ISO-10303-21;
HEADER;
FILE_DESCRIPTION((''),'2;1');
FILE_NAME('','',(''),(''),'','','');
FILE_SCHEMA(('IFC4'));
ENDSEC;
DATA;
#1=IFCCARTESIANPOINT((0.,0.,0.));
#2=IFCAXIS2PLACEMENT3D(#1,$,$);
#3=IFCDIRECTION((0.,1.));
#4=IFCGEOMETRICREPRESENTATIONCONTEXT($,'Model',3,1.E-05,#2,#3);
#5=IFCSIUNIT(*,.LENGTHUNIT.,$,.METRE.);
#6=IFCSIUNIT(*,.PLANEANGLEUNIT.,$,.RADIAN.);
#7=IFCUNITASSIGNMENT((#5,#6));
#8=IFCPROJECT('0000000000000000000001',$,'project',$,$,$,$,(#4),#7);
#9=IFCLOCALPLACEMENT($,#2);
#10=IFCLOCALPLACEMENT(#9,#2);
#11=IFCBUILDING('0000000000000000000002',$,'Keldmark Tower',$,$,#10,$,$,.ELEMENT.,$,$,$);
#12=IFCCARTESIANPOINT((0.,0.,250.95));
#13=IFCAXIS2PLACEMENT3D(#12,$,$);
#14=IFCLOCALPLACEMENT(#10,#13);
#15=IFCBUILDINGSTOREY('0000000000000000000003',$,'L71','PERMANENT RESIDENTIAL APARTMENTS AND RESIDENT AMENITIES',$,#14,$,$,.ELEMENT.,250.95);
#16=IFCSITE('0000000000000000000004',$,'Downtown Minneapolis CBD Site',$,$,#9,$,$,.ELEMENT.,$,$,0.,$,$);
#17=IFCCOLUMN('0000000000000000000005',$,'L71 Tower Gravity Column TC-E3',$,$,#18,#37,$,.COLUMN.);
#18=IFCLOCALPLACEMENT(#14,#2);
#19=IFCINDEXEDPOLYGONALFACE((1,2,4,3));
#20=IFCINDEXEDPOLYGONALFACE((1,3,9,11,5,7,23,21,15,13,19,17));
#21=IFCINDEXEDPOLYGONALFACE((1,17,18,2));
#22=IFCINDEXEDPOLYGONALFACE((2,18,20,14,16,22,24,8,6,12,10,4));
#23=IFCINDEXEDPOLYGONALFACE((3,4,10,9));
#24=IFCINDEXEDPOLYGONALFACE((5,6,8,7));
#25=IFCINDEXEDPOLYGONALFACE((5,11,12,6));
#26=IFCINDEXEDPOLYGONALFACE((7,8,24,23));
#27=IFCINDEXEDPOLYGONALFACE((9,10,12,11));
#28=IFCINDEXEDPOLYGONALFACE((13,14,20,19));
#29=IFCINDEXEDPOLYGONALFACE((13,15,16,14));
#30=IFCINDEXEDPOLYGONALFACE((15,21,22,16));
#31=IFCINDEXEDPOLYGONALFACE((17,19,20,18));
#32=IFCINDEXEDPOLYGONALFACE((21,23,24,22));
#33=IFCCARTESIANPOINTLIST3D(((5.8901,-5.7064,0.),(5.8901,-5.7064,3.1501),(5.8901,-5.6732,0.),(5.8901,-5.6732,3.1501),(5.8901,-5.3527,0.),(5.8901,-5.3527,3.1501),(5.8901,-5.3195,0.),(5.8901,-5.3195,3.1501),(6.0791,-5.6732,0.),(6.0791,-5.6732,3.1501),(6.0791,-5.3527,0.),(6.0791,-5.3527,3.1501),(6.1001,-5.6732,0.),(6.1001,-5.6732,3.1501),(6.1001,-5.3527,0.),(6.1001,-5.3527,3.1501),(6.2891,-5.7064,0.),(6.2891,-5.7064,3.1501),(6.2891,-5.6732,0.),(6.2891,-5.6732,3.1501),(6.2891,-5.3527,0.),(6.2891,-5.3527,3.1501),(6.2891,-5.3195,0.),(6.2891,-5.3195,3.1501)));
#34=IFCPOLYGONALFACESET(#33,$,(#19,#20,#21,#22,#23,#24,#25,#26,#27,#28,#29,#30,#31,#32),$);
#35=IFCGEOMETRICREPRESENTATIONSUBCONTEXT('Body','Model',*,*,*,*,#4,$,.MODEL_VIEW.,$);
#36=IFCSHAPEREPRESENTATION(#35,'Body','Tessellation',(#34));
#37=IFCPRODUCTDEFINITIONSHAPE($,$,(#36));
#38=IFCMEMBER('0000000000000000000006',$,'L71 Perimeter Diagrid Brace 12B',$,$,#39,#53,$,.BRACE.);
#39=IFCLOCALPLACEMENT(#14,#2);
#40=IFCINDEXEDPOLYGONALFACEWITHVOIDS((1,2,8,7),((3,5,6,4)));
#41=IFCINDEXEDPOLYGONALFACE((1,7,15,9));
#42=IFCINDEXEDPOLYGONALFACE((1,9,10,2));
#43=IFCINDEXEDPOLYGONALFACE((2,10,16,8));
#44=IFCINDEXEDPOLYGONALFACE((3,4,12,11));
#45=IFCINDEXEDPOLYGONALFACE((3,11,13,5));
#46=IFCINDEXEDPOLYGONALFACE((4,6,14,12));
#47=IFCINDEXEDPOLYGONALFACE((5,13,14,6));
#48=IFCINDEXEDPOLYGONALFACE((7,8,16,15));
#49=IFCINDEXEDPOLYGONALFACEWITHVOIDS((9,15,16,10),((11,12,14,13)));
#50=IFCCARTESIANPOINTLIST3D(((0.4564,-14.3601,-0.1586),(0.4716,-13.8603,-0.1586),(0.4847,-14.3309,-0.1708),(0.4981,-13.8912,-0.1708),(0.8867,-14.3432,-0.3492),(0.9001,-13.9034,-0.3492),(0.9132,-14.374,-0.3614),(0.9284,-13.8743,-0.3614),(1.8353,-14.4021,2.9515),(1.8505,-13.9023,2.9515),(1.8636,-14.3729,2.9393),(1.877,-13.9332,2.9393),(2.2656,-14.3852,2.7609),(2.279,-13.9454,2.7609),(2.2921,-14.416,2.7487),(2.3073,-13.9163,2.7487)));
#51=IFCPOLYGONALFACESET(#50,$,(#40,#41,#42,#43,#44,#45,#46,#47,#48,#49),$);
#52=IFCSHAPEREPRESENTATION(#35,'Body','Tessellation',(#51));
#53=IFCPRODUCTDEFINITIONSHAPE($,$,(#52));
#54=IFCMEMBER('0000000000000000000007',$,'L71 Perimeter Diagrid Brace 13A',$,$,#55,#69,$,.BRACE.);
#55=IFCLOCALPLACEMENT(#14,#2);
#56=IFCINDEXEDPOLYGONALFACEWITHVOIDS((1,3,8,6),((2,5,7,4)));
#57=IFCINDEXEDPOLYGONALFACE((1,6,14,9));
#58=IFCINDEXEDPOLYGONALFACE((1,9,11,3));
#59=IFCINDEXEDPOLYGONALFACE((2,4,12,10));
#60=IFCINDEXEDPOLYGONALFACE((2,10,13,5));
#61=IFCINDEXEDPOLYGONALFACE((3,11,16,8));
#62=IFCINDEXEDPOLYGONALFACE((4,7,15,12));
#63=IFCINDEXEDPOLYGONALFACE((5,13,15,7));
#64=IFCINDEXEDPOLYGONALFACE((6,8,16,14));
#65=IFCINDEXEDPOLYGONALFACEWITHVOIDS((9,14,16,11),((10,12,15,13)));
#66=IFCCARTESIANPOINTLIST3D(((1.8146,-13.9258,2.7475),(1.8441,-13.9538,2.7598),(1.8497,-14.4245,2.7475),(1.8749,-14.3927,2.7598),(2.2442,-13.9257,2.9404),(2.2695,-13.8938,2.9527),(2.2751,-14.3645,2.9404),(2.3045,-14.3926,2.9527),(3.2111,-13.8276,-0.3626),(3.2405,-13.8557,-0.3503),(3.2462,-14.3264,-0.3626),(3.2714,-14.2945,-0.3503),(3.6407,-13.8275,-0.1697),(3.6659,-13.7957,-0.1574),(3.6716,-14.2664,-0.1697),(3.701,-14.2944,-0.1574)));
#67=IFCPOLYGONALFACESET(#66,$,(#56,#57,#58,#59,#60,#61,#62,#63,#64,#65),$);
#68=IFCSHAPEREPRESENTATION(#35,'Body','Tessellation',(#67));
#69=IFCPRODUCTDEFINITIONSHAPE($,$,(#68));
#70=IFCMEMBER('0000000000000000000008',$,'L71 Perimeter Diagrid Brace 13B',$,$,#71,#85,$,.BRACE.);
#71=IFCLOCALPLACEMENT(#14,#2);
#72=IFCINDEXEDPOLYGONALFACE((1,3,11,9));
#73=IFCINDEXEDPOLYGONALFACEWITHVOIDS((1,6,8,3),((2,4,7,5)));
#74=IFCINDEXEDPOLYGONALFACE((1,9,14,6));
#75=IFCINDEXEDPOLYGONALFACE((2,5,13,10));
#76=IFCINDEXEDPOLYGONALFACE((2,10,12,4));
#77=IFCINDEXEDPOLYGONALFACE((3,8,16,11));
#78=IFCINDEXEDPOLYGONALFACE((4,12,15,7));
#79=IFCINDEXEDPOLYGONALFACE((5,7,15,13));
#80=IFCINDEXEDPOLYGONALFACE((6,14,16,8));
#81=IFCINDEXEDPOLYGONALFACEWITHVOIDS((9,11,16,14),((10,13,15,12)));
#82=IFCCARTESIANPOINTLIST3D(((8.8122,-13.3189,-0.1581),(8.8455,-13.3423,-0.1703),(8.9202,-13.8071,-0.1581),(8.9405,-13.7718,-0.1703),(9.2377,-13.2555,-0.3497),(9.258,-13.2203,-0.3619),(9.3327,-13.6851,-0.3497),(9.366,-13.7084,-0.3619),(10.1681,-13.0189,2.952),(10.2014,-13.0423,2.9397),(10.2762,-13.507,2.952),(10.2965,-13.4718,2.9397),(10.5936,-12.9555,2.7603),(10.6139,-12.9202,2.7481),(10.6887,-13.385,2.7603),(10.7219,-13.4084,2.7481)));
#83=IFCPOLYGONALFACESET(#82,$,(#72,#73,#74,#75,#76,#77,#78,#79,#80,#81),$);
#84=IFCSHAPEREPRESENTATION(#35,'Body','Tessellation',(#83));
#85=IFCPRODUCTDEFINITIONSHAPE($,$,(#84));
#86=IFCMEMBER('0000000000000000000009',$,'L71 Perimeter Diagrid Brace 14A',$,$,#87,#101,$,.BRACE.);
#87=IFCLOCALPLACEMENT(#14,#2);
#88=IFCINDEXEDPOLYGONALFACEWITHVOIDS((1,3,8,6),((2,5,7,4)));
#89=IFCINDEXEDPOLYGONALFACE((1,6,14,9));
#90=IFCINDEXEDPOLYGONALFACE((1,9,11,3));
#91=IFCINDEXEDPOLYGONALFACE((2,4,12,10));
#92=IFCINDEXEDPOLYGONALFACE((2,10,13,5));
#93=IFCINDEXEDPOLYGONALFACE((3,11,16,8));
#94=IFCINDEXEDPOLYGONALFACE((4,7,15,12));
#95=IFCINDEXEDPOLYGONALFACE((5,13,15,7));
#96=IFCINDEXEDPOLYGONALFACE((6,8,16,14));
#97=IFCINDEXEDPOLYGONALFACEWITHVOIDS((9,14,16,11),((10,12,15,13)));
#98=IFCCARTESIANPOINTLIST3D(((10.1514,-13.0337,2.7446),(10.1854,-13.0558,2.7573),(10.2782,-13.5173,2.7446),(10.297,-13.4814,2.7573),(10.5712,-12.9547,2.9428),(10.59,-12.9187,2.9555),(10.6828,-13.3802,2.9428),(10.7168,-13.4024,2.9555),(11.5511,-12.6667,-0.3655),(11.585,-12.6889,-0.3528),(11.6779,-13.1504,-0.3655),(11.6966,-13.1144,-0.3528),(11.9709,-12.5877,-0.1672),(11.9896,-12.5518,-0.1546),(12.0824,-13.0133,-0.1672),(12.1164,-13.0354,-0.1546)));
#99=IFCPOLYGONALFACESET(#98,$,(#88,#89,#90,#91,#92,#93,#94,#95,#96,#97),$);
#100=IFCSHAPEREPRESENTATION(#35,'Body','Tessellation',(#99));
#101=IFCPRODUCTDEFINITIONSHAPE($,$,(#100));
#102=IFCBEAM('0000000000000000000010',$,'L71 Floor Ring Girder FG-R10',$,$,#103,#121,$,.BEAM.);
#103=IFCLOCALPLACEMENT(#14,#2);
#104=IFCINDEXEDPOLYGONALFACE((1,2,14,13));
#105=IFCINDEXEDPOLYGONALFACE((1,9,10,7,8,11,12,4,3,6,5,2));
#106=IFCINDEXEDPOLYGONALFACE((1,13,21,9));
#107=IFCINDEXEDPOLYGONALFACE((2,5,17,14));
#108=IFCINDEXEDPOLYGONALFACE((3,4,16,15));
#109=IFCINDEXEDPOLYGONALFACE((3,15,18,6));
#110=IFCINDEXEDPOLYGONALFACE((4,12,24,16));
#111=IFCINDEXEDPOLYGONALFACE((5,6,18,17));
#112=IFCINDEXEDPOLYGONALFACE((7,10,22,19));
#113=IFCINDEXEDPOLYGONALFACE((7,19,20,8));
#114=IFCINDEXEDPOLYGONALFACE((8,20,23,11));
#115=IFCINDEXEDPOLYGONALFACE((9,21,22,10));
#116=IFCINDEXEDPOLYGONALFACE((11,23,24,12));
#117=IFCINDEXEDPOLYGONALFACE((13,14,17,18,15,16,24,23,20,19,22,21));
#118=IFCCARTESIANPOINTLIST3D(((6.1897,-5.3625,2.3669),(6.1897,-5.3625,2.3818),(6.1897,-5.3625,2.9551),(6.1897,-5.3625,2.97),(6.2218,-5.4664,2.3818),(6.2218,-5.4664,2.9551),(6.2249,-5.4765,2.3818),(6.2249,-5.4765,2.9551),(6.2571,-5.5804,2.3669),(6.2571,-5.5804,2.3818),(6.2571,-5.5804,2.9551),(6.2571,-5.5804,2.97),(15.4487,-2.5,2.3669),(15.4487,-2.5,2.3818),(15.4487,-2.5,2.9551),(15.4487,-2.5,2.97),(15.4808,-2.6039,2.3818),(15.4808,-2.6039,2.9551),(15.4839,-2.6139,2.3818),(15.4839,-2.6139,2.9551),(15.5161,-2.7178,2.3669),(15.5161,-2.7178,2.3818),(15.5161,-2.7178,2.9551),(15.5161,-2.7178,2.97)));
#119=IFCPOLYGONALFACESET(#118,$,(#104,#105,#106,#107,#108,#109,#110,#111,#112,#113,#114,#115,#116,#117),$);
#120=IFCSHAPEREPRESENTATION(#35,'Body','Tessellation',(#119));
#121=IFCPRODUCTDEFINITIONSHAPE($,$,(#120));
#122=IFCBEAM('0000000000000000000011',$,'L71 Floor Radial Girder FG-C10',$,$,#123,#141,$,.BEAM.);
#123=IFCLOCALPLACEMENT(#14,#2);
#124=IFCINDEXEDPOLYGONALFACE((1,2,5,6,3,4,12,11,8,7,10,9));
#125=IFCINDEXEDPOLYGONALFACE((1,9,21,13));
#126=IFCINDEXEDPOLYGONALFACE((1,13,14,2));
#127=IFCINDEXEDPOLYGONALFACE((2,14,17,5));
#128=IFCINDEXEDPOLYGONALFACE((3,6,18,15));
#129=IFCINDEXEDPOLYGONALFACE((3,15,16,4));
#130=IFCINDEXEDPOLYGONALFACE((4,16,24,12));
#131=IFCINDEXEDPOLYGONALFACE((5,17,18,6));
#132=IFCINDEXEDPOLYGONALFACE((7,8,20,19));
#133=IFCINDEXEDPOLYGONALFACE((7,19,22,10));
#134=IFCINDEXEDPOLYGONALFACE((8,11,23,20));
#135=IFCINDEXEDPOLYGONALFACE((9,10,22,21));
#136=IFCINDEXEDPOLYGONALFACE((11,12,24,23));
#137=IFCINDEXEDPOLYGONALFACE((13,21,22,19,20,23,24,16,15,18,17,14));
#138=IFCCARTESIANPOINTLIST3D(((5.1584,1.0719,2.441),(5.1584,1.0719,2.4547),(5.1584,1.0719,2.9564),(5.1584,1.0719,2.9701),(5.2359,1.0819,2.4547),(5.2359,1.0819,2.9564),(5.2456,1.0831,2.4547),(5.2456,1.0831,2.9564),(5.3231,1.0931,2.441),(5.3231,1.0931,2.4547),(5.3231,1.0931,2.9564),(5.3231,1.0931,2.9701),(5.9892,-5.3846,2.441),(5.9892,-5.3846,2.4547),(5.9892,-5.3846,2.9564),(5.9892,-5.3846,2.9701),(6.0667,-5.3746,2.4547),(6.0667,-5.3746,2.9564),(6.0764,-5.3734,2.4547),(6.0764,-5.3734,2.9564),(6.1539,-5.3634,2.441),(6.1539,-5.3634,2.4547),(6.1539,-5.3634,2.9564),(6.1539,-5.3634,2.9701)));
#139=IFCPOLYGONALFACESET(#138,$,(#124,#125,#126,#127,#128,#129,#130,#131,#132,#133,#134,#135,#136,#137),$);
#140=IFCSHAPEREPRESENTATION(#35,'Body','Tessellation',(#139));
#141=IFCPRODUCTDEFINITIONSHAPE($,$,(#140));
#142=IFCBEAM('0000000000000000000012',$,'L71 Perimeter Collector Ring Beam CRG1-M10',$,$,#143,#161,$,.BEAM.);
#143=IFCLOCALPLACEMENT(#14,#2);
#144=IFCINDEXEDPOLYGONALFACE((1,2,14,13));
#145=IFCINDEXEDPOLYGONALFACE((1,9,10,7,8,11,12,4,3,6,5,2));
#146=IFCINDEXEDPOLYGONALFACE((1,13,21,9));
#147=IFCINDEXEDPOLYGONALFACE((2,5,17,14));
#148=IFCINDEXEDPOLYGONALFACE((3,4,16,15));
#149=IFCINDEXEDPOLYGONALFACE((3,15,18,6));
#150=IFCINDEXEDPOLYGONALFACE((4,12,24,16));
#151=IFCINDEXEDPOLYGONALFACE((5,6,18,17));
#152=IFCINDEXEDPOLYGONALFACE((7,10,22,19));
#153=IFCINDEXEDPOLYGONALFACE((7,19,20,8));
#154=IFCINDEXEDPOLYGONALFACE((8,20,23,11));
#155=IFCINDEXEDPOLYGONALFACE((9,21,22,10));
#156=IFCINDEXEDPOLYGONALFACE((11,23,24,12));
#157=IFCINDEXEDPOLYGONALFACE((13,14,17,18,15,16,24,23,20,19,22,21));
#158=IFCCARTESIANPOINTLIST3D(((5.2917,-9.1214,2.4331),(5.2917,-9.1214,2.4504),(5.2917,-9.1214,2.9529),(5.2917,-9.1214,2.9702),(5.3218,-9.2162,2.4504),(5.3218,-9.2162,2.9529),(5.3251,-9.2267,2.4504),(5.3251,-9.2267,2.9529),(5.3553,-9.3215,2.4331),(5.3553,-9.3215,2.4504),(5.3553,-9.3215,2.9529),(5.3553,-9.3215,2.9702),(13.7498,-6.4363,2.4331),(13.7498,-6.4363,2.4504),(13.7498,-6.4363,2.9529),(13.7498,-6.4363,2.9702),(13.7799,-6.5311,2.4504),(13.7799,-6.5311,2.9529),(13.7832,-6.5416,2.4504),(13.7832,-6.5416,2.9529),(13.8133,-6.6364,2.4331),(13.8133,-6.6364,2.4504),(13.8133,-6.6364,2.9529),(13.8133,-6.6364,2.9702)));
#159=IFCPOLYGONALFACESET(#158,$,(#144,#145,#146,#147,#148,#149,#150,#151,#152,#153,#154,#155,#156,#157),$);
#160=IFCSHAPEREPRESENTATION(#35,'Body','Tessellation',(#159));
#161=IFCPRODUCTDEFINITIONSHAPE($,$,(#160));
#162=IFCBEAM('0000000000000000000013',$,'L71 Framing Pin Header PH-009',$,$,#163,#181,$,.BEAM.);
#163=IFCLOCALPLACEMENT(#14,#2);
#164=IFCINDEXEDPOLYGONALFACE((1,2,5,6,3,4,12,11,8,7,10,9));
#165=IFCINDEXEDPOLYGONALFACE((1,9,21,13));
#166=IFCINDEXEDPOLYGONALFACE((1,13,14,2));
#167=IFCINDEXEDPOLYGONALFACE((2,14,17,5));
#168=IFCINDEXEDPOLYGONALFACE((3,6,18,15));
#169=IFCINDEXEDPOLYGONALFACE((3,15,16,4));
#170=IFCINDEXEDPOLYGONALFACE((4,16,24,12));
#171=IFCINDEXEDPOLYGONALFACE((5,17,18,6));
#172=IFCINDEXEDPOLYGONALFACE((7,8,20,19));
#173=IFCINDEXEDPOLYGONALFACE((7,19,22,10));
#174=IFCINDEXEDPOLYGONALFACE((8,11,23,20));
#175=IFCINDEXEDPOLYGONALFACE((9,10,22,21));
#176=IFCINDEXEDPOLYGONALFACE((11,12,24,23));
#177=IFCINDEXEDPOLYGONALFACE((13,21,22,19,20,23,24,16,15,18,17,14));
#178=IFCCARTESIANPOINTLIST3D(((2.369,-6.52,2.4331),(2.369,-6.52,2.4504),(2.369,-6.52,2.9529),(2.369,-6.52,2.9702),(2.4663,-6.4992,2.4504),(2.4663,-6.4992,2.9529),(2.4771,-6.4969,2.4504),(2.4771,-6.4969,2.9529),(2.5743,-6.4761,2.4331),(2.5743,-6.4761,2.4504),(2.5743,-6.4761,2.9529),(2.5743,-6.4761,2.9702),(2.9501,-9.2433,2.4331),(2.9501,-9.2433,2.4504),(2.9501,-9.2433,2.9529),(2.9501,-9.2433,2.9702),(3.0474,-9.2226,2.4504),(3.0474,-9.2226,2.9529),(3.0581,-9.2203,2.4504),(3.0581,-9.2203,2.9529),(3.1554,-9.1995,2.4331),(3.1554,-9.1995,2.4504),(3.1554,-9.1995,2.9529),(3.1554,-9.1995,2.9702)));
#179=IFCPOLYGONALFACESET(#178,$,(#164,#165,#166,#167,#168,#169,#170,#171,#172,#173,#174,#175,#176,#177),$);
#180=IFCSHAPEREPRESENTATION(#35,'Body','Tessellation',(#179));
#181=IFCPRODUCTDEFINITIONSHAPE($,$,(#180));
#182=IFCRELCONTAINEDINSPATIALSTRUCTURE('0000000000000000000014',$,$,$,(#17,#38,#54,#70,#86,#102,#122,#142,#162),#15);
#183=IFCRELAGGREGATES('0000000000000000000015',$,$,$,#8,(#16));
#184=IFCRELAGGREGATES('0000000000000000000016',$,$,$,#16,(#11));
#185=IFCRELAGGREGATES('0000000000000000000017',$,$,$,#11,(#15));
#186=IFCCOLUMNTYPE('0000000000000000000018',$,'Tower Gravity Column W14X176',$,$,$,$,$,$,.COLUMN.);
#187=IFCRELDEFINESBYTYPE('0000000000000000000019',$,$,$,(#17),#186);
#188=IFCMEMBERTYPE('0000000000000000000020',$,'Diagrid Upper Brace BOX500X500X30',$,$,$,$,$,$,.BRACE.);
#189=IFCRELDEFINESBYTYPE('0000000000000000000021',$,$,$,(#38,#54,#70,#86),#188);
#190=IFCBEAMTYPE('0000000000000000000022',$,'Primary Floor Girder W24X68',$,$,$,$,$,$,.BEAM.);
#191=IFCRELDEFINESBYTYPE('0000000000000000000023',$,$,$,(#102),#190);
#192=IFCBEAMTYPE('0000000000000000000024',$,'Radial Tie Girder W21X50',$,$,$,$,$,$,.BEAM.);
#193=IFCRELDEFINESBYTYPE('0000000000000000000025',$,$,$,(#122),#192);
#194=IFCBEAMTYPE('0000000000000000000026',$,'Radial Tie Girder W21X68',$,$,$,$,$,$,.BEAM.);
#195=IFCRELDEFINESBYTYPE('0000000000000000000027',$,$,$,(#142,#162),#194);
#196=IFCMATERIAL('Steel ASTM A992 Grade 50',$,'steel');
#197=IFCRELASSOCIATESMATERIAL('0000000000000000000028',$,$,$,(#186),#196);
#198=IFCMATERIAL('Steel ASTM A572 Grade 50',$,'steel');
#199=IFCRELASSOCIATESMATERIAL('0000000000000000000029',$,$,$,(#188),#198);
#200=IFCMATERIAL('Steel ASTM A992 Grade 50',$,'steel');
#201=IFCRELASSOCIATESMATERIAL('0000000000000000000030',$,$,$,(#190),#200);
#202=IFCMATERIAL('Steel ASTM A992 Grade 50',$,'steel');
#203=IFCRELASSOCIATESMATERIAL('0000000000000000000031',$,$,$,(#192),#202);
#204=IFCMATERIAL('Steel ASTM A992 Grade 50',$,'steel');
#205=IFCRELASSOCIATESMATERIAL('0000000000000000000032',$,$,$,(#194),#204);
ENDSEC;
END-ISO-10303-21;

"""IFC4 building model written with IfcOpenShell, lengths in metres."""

from ifc_helpers import new_model, si_unit, direction, frame, origin, origin_2d, place, context, subcontext, project, spatial, hollow_rectangle, i_section, extrude, material, material_profile, profile_set, type_object, element, save


model = new_model("IFC4")

# Units and contexts
model_context = context("Model", 3, precision=1e-05, world=origin(), true_north=direction((0.0, 1.0)))
body_context = subcontext(model_context, "Body", "Model", "MODEL_VIEW")
ifc_project = project(units=[si_unit("LENGTHUNIT", "METRE"), si_unit("PLANEANGLEUNIT", "RADIAN")], contexts=[model_context])

# Site, building, storey
site_placement = place(None, origin())
site = spatial("IfcSite", under=ifc_project, at=site_placement, Name="Downtown Minneapolis CBD Site", CompositionType="ELEMENT", RefElevation=0.0)
building_placement = place(site_placement, origin())
building = spatial("IfcBuilding", under=site, at=building_placement, Name="Keldmark Tower", CompositionType="ELEMENT")
storey_placement = place(building_placement, frame((0.0, 0.0, 250.95)))
storey = spatial("IfcBuildingStorey", under=building, at=storey_placement, Name="L71", Description="PERMANENT RESIDENTIAL APARTMENTS AND RESIDENT AMENITIES", CompositionType="ELEMENT", Elevation=250.95)

# Column
ifc_material_1 = material(Name="Steel ASTM A992 Grade 50", Category="steel")
ifc_material_profile_1 = material_profile(ifc_material_1, i_section(OverallWidth=0.3989, OverallDepth=0.387, WebThickness=0.021, FlangeThickness=0.0332, at=origin_2d()), Name="W14X176")
ifc_profile_set_1 = profile_set([ifc_material_profile_1], Name="Steel ASTM A992 Grade 50")
column_type = type_object("IfcColumnType", Name="Tower Gravity Column W14X176", PredefinedType="COLUMN", material=ifc_profile_set_1)
column_placement = place(storey_placement, frame((6.0896, -5.5129, 0.0), z_axis=(0.0, 0.0, 1.0), x_axis=(1.0, 0.0, 0.0)))
element("IfcColumn", 1, at=column_placement, inside=storey, type_object=column_type, Name="L71 Tower Gravity Column TC-E3", PredefinedType="COLUMN", context=body_context, shape_type="SweptSolid", body=[
    extrude(i_section(OverallWidth=0.3989, OverallDepth=0.387, WebThickness=0.021, FlangeThickness=0.0332, at=origin_2d()), origin(), (0.0, 0.0, 1.0), 3.1501),
])

# Members
ifc_material_2 = material(Name="Steel ASTM A572 Grade 50", Category="steel")
ifc_material_profile_2 = material_profile(ifc_material_2, hollow_rectangle(XDim=0.5, YDim=0.5, WallThickness=0.03, at=origin_2d()), Name="BOX500X500X30")
ifc_profile_set_2 = profile_set([ifc_material_profile_2], Name="Steel ASTM A572 Grade 50")
member_type = type_object("IfcMemberType", Name="Diagrid Upper Brace BOX500X500X30", PredefinedType="BRACE", material=ifc_profile_set_2)
member_1_placement = place(storey_placement, frame((0.6924, -14.1172, -0.26), z_axis=(0.405282, -0.012342, 0.914108), x_axis=(0.030439, 0.999537, 0.0)))
element("IfcMember", 2, at=member_1_placement, inside=storey, type_object=member_type, Name="L71 Perimeter Diagrid Brace 12B", PredefinedType="BRACE", context=body_context, shape_type="SweptSolid", body=[
    extrude(hollow_rectangle(XDim=0.5, YDim=0.5, WallThickness=0.03, at=origin_2d()), origin(), (0.0, 0.0, 1.0), 3.4023),
])
member_2_placement = place(storey_placement, frame((3.4561, -14.061, -0.26), z_axis=(-0.409448, -0.028776, 0.91188), x_axis=(0.070107, -0.997539, 0.0)))
element("IfcMember", 3, at=member_2_placement, inside=storey, type_object=member_type, Name="L71 Perimeter Diagrid Brace 13A", PredefinedType="BRACE", context=body_context, shape_type="SweptSolid", body=[
    extrude(hollow_rectangle(XDim=0.5, YDim=0.5, WallThickness=0.03, at=origin_2d()), origin(), (0.0, 0.0, 1.0), 3.4106),
])
member_3_placement = place(storey_placement, frame((9.0891, -13.5137, -0.26), z_axis=(0.398098, 0.088092, 0.913103), x_axis=(-0.216056, 0.976381, 0.0)))
element("IfcMember", 4, at=member_3_placement, inside=storey, type_object=member_type, Name="L71 Perimeter Diagrid Brace 13B", PredefinedType="BRACE", context=body_context, shape_type="SweptSolid", body=[
    extrude(hollow_rectangle(XDim=0.5, YDim=0.5, WallThickness=0.03, at=origin_2d()), origin(), (0.0, 0.0, 1.0), 3.406),
])
member_4_placement = place(storey_placement, frame((11.8337, -12.8511, -0.26), z_axis=(-0.408037, -0.106973, 0.906677), x_axis=(0.253596, -0.96731, 0.0)))
element("IfcMember", 5, at=member_4_placement, inside=storey, type_object=member_type, Name="L71 Perimeter Diagrid Brace 14A", PredefinedType="BRACE", context=body_context, shape_type="SweptSolid", body=[
    extrude(hollow_rectangle(XDim=0.5, YDim=0.5, WallThickness=0.03, at=origin_2d()), origin(), (0.0, 0.0, 1.0), 3.4302),
])

# Beams
ifc_material_3 = material(Name="Steel ASTM A992 Grade 50", Category="steel")
ifc_material_profile_3 = material_profile(ifc_material_3, i_section(OverallWidth=0.228, OverallDepth=0.603, WebThickness=0.0105, FlangeThickness=0.0149, at=origin_2d()), Name="W24X68")
ifc_profile_set_3 = profile_set([ifc_material_profile_3], Name="Steel ASTM A992 Grade 50")
beam_type_1 = type_object("IfcBeamType", Name="Primary Floor Girder W24X68", PredefinedType="BEAM", material=ifc_profile_set_3)
beam_1_placement = place(storey_placement, frame((6.2234, -5.4714, 2.6685), z_axis=(0.955383, 0.295369, 0.0), x_axis=(-0.295369, 0.955383, 0.0)))
element("IfcBeam", 6, at=beam_1_placement, inside=storey, type_object=beam_type_1, Name="L71 Floor Ring Girder FG-R10", PredefinedType="BEAM", context=body_context, shape_type="SweptSolid", body=[
    extrude(i_section(OverallWidth=0.228, OverallDepth=0.603, WebThickness=0.0105, FlangeThickness=0.0149, at=origin_2d()), origin(), (0.0, 0.0, 1.0), 9.6914),
])
ifc_material_4 = material(Name="Steel ASTM A992 Grade 50", Category="steel")
ifc_material_profile_4 = material_profile(ifc_material_4, i_section(OverallWidth=0.166, OverallDepth=0.5291, WebThickness=0.0098, FlangeThickness=0.0137, at=origin_2d()), Name="W21X50")
ifc_profile_set_4 = profile_set([ifc_material_profile_4], Name="Steel ASTM A992 Grade 50")
beam_type_2 = type_object("IfcBeamType", Name="Radial Tie Girder W21X50", PredefinedType="BEAM", material=ifc_profile_set_4)
beam_2_placement = place(storey_placement, frame((6.0715, -5.374, 2.7056), z_axis=(-0.127625, 0.991822, 0.0), x_axis=(-0.991822, -0.127625, 0.0)))
element("IfcBeam", 7, at=beam_2_placement, inside=storey, type_object=beam_type_2, Name="L71 Floor Radial Girder FG-C10", PredefinedType="BEAM", context=body_context, shape_type="SweptSolid", body=[
    extrude(i_section(OverallWidth=0.166, OverallDepth=0.5291, WebThickness=0.0098, FlangeThickness=0.0137, at=origin_2d()), origin(), (0.0, 0.0, 1.0), 6.5098),
])
ifc_material_5 = material(Name="Steel ASTM A992 Grade 50", Category="steel")
ifc_material_profile_5 = material_profile(ifc_material_5, i_section(OverallWidth=0.21, OverallDepth=0.5371, WebThickness=0.011, FlangeThickness=0.0173, at=origin_2d()), Name="W21X68")
ifc_profile_set_5 = profile_set([ifc_material_profile_5], Name="Steel ASTM A992 Grade 50")
beam_type_3 = type_object("IfcBeamType", Name="Radial Tie Girder W21X68", PredefinedType="BEAM", material=ifc_profile_set_5)
beam_3_placement = place(storey_placement, frame((5.3235, -9.2214, 2.7017), z_axis=(0.953125, 0.302577, 0.0), x_axis=(-0.302577, 0.953125, 0.0)))
element("IfcBeam", 8, at=beam_3_placement, inside=storey, type_object=beam_type_3, Name="L71 Perimeter Collector Ring Beam CRG1-M10", PredefinedType="BEAM", context=body_context, shape_type="SweptSolid", body=[
    extrude(i_section(OverallWidth=0.21, OverallDepth=0.5371, WebThickness=0.011, FlangeThickness=0.0173, at=origin_2d()), origin(), (0.0, 0.0, 1.0), 8.874),
])
beam_4_placement = place(storey_placement, frame((2.4717, -6.498, 2.7017), z_axis=(0.208661, -0.977988, 0.0), x_axis=(0.977988, 0.208661, 0.0)))
element("IfcBeam", 9, at=beam_4_placement, inside=storey, type_object=beam_type_3, Name="L71 Framing Pin Header PH-009", PredefinedType="BEAM", context=body_context, shape_type="SweptSolid", body=[
    extrude(i_section(OverallWidth=0.21, OverallDepth=0.5371, WebThickness=0.011, FlangeThickness=0.0173, at=origin_2d()), origin(), (0.0, 0.0, 1.0), 2.7847),
])

save(model, "model.ifc")
